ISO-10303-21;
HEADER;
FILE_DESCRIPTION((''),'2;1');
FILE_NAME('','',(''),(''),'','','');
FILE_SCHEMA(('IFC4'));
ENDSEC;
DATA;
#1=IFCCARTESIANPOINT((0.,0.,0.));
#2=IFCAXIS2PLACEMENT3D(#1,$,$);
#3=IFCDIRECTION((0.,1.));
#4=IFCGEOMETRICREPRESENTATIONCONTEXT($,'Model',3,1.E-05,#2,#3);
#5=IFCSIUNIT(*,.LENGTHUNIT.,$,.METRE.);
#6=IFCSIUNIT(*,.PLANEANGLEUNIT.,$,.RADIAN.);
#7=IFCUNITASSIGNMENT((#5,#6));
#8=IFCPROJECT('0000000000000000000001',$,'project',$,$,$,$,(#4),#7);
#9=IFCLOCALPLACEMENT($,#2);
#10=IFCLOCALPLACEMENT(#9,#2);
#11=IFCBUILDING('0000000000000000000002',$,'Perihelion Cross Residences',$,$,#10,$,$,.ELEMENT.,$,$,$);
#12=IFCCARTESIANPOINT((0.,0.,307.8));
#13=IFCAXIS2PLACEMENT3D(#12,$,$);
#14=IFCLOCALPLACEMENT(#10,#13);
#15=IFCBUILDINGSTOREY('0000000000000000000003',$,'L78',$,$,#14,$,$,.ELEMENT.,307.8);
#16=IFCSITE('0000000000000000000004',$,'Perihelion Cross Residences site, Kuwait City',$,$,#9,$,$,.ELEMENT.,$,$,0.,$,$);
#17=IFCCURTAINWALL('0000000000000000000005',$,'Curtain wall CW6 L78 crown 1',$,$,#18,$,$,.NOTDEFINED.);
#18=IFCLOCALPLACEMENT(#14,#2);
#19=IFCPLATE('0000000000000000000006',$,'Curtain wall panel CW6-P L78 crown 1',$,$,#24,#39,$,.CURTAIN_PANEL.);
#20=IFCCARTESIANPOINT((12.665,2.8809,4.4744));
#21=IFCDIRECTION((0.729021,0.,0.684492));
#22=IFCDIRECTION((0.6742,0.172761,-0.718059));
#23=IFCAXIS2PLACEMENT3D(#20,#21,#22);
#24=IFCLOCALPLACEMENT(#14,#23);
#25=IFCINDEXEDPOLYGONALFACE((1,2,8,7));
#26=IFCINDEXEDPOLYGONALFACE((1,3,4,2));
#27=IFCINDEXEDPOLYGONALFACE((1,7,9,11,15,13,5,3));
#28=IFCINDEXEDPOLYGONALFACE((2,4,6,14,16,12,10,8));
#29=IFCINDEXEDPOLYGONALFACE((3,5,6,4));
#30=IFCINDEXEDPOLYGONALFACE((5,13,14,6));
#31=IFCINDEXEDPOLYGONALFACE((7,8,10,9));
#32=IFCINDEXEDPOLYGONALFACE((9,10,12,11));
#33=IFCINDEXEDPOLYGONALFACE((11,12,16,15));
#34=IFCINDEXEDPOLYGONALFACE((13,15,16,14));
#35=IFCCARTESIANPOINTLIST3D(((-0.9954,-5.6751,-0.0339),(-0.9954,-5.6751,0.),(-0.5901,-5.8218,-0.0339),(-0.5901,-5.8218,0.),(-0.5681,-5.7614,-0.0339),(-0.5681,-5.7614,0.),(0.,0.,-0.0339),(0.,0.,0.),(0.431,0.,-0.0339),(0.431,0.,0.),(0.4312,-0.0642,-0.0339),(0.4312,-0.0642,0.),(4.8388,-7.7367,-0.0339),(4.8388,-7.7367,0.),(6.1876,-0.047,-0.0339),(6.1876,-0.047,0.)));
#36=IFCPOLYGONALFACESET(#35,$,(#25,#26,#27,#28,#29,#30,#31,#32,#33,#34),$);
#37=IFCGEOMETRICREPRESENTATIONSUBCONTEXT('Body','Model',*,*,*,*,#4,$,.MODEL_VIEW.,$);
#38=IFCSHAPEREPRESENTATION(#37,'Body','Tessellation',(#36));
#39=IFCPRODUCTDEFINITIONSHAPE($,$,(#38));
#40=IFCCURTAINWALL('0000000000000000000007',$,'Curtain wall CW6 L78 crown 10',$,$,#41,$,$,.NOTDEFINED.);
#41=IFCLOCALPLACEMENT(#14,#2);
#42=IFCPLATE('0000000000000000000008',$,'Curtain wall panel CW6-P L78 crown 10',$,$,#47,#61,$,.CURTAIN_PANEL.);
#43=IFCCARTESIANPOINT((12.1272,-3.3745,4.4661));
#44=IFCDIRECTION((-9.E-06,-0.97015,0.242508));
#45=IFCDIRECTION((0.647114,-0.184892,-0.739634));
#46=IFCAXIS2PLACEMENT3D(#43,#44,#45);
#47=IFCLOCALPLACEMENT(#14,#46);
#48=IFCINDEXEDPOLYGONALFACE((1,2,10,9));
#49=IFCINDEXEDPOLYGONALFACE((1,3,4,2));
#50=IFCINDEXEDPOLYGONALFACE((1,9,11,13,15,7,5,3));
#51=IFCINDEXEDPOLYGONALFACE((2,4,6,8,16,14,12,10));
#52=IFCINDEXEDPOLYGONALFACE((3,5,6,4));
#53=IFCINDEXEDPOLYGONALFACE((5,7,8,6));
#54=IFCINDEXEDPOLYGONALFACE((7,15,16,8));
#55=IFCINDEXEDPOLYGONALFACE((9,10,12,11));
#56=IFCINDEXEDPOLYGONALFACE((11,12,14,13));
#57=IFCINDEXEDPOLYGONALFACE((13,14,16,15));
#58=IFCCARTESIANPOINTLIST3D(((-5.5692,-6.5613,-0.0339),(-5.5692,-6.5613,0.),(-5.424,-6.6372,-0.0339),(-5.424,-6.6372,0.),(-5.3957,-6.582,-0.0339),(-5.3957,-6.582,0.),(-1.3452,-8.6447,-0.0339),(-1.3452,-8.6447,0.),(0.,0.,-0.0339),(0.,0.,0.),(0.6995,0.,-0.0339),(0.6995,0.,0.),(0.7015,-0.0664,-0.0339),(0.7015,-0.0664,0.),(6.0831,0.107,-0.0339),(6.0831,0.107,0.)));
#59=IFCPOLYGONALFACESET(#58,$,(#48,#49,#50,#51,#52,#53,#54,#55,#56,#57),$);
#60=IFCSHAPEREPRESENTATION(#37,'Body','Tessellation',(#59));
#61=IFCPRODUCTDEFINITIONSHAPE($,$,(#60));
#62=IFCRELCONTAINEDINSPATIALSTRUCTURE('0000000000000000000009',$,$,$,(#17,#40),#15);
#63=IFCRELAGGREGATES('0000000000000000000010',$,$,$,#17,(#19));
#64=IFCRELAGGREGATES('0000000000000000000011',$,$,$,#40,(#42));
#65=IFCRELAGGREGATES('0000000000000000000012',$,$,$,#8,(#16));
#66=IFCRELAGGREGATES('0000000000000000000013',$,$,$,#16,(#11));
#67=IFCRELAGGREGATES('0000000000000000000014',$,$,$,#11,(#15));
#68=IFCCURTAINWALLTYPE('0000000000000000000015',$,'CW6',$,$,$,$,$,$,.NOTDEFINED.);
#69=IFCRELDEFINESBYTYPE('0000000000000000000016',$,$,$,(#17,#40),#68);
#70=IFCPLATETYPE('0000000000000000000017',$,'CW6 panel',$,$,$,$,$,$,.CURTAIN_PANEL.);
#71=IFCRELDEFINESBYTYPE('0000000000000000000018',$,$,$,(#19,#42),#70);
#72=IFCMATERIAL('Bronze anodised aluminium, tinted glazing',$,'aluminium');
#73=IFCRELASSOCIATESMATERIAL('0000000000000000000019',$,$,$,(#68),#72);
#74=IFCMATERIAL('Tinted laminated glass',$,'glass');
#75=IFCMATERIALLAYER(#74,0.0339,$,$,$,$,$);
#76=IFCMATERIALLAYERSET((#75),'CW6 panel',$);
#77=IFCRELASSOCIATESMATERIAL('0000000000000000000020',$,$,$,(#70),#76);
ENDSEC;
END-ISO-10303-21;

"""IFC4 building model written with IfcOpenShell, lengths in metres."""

from ifc_helpers import new_model, si_unit, direction, frame, origin, place, context, subcontext, project, spatial, polyline, outline, extrude, material, layer, layer_set, type_object, element, aggregate, save


model = new_model("IFC4")

# Units and contexts
model_context = context("Model", 3, precision=1e-05, world=origin(), true_north=direction((0.0, 1.0)))
body_context = subcontext(model_context, "Body", "Model", "MODEL_VIEW")
ifc_project = project(units=[si_unit("LENGTHUNIT", "METRE"), si_unit("PLANEANGLEUNIT", "RADIAN")], contexts=[model_context])

# Site, building, storey
site_placement = place(None, origin())
site = spatial("IfcSite", under=ifc_project, at=site_placement, Name="Perihelion Cross Residences site, Kuwait City", CompositionType="ELEMENT", RefElevation=0.0)
building_placement = place(site_placement, origin())
building = spatial("IfcBuilding", under=site, at=building_placement, Name="Perihelion Cross Residences", CompositionType="ELEMENT")
storey_placement = place(building_placement, frame((0.0, 0.0, 307.8)))
storey = spatial("IfcBuildingStorey", under=building, at=storey_placement, Name="L78", CompositionType="ELEMENT", Elevation=307.8)

# Curtain wall
ifc_material_1 = material(Name="Bronze anodised aluminium, tinted glazing", Category="aluminium")
curtain_wall_type = type_object("IfcCurtainWallType", Name="CW6", PredefinedType="NOTDEFINED", material=ifc_material_1)
curtain_wall_1_placement = place(storey_placement, origin())
curtain_wall_1 = element("IfcCurtainWall", 1, at=curtain_wall_1_placement, inside=storey, type_object=curtain_wall_type, Name="Curtain wall CW6 L78 crown 1", PredefinedType="NOTDEFINED")

# Plate
ifc_material_2 = material(Name="Tinted laminated glass", Category="glass")
ifc_layer_1 = layer(ifc_material_2, 0.0339)
ifc_layer_set_1 = layer_set([ifc_layer_1], Name="CW6 panel")
plate_type = type_object("IfcPlateType", Name="CW6 panel", PredefinedType="CURTAIN_PANEL", material=ifc_layer_set_1)
plate_1_placement = place(storey_placement, frame((12.665, 2.8809, 4.4744), z_axis=(0.729021, 0.0, 0.684492), x_axis=(0.6742, 0.172761, -0.718059)))
plate_1 = element("IfcPlate", 2, at=plate_1_placement, type_object=plate_type, Name="Curtain wall panel CW6-P L78 crown 1", PredefinedType="CURTAIN_PANEL", context=body_context, shape_type="SweptSolid", body=[
    extrude(outline(polyline([(0.0, 0.0), (0.431, 0.0), (0.4312, -0.0642), (6.1876, -0.047), (4.8388, -7.7367), (-0.5681, -5.7614), (-0.5901, -5.8218), (-0.9954, -5.6751), (0.0, 0.0)])), origin(), (0.0, 0.0, -1.0), 0.0339),
])
aggregate(curtain_wall_1, [plate_1])

# Curtain wall, plate
curtain_wall_2_placement = place(storey_placement, origin())
curtain_wall_2 = element("IfcCurtainWall", 3, at=curtain_wall_2_placement, inside=storey, type_object=curtain_wall_type, Name="Curtain wall CW6 L78 crown 10", PredefinedType="NOTDEFINED")
plate_2_placement = place(storey_placement, frame((12.1272, -3.3745, 4.4661), z_axis=(-0.000009, -0.97015, 0.242508), x_axis=(0.647114, -0.184892, -0.739634)))
plate_2 = element("IfcPlate", 4, at=plate_2_placement, type_object=plate_type, Name="Curtain wall panel CW6-P L78 crown 10", PredefinedType="CURTAIN_PANEL", context=body_context, shape_type="SweptSolid", body=[
    extrude(outline(polyline([(0.0, 0.0), (0.6995, 0.0), (0.7015, -0.0664), (6.0831, 0.107), (-1.3452, -8.6447), (-5.3957, -6.582), (-5.424, -6.6372), (-5.5692, -6.5613), (0.0, 0.0)])), origin(), (0.0, 0.0, -1.0), 0.0339),
])
aggregate(curtain_wall_2, [plate_2])

save(model, "model.ifc")
